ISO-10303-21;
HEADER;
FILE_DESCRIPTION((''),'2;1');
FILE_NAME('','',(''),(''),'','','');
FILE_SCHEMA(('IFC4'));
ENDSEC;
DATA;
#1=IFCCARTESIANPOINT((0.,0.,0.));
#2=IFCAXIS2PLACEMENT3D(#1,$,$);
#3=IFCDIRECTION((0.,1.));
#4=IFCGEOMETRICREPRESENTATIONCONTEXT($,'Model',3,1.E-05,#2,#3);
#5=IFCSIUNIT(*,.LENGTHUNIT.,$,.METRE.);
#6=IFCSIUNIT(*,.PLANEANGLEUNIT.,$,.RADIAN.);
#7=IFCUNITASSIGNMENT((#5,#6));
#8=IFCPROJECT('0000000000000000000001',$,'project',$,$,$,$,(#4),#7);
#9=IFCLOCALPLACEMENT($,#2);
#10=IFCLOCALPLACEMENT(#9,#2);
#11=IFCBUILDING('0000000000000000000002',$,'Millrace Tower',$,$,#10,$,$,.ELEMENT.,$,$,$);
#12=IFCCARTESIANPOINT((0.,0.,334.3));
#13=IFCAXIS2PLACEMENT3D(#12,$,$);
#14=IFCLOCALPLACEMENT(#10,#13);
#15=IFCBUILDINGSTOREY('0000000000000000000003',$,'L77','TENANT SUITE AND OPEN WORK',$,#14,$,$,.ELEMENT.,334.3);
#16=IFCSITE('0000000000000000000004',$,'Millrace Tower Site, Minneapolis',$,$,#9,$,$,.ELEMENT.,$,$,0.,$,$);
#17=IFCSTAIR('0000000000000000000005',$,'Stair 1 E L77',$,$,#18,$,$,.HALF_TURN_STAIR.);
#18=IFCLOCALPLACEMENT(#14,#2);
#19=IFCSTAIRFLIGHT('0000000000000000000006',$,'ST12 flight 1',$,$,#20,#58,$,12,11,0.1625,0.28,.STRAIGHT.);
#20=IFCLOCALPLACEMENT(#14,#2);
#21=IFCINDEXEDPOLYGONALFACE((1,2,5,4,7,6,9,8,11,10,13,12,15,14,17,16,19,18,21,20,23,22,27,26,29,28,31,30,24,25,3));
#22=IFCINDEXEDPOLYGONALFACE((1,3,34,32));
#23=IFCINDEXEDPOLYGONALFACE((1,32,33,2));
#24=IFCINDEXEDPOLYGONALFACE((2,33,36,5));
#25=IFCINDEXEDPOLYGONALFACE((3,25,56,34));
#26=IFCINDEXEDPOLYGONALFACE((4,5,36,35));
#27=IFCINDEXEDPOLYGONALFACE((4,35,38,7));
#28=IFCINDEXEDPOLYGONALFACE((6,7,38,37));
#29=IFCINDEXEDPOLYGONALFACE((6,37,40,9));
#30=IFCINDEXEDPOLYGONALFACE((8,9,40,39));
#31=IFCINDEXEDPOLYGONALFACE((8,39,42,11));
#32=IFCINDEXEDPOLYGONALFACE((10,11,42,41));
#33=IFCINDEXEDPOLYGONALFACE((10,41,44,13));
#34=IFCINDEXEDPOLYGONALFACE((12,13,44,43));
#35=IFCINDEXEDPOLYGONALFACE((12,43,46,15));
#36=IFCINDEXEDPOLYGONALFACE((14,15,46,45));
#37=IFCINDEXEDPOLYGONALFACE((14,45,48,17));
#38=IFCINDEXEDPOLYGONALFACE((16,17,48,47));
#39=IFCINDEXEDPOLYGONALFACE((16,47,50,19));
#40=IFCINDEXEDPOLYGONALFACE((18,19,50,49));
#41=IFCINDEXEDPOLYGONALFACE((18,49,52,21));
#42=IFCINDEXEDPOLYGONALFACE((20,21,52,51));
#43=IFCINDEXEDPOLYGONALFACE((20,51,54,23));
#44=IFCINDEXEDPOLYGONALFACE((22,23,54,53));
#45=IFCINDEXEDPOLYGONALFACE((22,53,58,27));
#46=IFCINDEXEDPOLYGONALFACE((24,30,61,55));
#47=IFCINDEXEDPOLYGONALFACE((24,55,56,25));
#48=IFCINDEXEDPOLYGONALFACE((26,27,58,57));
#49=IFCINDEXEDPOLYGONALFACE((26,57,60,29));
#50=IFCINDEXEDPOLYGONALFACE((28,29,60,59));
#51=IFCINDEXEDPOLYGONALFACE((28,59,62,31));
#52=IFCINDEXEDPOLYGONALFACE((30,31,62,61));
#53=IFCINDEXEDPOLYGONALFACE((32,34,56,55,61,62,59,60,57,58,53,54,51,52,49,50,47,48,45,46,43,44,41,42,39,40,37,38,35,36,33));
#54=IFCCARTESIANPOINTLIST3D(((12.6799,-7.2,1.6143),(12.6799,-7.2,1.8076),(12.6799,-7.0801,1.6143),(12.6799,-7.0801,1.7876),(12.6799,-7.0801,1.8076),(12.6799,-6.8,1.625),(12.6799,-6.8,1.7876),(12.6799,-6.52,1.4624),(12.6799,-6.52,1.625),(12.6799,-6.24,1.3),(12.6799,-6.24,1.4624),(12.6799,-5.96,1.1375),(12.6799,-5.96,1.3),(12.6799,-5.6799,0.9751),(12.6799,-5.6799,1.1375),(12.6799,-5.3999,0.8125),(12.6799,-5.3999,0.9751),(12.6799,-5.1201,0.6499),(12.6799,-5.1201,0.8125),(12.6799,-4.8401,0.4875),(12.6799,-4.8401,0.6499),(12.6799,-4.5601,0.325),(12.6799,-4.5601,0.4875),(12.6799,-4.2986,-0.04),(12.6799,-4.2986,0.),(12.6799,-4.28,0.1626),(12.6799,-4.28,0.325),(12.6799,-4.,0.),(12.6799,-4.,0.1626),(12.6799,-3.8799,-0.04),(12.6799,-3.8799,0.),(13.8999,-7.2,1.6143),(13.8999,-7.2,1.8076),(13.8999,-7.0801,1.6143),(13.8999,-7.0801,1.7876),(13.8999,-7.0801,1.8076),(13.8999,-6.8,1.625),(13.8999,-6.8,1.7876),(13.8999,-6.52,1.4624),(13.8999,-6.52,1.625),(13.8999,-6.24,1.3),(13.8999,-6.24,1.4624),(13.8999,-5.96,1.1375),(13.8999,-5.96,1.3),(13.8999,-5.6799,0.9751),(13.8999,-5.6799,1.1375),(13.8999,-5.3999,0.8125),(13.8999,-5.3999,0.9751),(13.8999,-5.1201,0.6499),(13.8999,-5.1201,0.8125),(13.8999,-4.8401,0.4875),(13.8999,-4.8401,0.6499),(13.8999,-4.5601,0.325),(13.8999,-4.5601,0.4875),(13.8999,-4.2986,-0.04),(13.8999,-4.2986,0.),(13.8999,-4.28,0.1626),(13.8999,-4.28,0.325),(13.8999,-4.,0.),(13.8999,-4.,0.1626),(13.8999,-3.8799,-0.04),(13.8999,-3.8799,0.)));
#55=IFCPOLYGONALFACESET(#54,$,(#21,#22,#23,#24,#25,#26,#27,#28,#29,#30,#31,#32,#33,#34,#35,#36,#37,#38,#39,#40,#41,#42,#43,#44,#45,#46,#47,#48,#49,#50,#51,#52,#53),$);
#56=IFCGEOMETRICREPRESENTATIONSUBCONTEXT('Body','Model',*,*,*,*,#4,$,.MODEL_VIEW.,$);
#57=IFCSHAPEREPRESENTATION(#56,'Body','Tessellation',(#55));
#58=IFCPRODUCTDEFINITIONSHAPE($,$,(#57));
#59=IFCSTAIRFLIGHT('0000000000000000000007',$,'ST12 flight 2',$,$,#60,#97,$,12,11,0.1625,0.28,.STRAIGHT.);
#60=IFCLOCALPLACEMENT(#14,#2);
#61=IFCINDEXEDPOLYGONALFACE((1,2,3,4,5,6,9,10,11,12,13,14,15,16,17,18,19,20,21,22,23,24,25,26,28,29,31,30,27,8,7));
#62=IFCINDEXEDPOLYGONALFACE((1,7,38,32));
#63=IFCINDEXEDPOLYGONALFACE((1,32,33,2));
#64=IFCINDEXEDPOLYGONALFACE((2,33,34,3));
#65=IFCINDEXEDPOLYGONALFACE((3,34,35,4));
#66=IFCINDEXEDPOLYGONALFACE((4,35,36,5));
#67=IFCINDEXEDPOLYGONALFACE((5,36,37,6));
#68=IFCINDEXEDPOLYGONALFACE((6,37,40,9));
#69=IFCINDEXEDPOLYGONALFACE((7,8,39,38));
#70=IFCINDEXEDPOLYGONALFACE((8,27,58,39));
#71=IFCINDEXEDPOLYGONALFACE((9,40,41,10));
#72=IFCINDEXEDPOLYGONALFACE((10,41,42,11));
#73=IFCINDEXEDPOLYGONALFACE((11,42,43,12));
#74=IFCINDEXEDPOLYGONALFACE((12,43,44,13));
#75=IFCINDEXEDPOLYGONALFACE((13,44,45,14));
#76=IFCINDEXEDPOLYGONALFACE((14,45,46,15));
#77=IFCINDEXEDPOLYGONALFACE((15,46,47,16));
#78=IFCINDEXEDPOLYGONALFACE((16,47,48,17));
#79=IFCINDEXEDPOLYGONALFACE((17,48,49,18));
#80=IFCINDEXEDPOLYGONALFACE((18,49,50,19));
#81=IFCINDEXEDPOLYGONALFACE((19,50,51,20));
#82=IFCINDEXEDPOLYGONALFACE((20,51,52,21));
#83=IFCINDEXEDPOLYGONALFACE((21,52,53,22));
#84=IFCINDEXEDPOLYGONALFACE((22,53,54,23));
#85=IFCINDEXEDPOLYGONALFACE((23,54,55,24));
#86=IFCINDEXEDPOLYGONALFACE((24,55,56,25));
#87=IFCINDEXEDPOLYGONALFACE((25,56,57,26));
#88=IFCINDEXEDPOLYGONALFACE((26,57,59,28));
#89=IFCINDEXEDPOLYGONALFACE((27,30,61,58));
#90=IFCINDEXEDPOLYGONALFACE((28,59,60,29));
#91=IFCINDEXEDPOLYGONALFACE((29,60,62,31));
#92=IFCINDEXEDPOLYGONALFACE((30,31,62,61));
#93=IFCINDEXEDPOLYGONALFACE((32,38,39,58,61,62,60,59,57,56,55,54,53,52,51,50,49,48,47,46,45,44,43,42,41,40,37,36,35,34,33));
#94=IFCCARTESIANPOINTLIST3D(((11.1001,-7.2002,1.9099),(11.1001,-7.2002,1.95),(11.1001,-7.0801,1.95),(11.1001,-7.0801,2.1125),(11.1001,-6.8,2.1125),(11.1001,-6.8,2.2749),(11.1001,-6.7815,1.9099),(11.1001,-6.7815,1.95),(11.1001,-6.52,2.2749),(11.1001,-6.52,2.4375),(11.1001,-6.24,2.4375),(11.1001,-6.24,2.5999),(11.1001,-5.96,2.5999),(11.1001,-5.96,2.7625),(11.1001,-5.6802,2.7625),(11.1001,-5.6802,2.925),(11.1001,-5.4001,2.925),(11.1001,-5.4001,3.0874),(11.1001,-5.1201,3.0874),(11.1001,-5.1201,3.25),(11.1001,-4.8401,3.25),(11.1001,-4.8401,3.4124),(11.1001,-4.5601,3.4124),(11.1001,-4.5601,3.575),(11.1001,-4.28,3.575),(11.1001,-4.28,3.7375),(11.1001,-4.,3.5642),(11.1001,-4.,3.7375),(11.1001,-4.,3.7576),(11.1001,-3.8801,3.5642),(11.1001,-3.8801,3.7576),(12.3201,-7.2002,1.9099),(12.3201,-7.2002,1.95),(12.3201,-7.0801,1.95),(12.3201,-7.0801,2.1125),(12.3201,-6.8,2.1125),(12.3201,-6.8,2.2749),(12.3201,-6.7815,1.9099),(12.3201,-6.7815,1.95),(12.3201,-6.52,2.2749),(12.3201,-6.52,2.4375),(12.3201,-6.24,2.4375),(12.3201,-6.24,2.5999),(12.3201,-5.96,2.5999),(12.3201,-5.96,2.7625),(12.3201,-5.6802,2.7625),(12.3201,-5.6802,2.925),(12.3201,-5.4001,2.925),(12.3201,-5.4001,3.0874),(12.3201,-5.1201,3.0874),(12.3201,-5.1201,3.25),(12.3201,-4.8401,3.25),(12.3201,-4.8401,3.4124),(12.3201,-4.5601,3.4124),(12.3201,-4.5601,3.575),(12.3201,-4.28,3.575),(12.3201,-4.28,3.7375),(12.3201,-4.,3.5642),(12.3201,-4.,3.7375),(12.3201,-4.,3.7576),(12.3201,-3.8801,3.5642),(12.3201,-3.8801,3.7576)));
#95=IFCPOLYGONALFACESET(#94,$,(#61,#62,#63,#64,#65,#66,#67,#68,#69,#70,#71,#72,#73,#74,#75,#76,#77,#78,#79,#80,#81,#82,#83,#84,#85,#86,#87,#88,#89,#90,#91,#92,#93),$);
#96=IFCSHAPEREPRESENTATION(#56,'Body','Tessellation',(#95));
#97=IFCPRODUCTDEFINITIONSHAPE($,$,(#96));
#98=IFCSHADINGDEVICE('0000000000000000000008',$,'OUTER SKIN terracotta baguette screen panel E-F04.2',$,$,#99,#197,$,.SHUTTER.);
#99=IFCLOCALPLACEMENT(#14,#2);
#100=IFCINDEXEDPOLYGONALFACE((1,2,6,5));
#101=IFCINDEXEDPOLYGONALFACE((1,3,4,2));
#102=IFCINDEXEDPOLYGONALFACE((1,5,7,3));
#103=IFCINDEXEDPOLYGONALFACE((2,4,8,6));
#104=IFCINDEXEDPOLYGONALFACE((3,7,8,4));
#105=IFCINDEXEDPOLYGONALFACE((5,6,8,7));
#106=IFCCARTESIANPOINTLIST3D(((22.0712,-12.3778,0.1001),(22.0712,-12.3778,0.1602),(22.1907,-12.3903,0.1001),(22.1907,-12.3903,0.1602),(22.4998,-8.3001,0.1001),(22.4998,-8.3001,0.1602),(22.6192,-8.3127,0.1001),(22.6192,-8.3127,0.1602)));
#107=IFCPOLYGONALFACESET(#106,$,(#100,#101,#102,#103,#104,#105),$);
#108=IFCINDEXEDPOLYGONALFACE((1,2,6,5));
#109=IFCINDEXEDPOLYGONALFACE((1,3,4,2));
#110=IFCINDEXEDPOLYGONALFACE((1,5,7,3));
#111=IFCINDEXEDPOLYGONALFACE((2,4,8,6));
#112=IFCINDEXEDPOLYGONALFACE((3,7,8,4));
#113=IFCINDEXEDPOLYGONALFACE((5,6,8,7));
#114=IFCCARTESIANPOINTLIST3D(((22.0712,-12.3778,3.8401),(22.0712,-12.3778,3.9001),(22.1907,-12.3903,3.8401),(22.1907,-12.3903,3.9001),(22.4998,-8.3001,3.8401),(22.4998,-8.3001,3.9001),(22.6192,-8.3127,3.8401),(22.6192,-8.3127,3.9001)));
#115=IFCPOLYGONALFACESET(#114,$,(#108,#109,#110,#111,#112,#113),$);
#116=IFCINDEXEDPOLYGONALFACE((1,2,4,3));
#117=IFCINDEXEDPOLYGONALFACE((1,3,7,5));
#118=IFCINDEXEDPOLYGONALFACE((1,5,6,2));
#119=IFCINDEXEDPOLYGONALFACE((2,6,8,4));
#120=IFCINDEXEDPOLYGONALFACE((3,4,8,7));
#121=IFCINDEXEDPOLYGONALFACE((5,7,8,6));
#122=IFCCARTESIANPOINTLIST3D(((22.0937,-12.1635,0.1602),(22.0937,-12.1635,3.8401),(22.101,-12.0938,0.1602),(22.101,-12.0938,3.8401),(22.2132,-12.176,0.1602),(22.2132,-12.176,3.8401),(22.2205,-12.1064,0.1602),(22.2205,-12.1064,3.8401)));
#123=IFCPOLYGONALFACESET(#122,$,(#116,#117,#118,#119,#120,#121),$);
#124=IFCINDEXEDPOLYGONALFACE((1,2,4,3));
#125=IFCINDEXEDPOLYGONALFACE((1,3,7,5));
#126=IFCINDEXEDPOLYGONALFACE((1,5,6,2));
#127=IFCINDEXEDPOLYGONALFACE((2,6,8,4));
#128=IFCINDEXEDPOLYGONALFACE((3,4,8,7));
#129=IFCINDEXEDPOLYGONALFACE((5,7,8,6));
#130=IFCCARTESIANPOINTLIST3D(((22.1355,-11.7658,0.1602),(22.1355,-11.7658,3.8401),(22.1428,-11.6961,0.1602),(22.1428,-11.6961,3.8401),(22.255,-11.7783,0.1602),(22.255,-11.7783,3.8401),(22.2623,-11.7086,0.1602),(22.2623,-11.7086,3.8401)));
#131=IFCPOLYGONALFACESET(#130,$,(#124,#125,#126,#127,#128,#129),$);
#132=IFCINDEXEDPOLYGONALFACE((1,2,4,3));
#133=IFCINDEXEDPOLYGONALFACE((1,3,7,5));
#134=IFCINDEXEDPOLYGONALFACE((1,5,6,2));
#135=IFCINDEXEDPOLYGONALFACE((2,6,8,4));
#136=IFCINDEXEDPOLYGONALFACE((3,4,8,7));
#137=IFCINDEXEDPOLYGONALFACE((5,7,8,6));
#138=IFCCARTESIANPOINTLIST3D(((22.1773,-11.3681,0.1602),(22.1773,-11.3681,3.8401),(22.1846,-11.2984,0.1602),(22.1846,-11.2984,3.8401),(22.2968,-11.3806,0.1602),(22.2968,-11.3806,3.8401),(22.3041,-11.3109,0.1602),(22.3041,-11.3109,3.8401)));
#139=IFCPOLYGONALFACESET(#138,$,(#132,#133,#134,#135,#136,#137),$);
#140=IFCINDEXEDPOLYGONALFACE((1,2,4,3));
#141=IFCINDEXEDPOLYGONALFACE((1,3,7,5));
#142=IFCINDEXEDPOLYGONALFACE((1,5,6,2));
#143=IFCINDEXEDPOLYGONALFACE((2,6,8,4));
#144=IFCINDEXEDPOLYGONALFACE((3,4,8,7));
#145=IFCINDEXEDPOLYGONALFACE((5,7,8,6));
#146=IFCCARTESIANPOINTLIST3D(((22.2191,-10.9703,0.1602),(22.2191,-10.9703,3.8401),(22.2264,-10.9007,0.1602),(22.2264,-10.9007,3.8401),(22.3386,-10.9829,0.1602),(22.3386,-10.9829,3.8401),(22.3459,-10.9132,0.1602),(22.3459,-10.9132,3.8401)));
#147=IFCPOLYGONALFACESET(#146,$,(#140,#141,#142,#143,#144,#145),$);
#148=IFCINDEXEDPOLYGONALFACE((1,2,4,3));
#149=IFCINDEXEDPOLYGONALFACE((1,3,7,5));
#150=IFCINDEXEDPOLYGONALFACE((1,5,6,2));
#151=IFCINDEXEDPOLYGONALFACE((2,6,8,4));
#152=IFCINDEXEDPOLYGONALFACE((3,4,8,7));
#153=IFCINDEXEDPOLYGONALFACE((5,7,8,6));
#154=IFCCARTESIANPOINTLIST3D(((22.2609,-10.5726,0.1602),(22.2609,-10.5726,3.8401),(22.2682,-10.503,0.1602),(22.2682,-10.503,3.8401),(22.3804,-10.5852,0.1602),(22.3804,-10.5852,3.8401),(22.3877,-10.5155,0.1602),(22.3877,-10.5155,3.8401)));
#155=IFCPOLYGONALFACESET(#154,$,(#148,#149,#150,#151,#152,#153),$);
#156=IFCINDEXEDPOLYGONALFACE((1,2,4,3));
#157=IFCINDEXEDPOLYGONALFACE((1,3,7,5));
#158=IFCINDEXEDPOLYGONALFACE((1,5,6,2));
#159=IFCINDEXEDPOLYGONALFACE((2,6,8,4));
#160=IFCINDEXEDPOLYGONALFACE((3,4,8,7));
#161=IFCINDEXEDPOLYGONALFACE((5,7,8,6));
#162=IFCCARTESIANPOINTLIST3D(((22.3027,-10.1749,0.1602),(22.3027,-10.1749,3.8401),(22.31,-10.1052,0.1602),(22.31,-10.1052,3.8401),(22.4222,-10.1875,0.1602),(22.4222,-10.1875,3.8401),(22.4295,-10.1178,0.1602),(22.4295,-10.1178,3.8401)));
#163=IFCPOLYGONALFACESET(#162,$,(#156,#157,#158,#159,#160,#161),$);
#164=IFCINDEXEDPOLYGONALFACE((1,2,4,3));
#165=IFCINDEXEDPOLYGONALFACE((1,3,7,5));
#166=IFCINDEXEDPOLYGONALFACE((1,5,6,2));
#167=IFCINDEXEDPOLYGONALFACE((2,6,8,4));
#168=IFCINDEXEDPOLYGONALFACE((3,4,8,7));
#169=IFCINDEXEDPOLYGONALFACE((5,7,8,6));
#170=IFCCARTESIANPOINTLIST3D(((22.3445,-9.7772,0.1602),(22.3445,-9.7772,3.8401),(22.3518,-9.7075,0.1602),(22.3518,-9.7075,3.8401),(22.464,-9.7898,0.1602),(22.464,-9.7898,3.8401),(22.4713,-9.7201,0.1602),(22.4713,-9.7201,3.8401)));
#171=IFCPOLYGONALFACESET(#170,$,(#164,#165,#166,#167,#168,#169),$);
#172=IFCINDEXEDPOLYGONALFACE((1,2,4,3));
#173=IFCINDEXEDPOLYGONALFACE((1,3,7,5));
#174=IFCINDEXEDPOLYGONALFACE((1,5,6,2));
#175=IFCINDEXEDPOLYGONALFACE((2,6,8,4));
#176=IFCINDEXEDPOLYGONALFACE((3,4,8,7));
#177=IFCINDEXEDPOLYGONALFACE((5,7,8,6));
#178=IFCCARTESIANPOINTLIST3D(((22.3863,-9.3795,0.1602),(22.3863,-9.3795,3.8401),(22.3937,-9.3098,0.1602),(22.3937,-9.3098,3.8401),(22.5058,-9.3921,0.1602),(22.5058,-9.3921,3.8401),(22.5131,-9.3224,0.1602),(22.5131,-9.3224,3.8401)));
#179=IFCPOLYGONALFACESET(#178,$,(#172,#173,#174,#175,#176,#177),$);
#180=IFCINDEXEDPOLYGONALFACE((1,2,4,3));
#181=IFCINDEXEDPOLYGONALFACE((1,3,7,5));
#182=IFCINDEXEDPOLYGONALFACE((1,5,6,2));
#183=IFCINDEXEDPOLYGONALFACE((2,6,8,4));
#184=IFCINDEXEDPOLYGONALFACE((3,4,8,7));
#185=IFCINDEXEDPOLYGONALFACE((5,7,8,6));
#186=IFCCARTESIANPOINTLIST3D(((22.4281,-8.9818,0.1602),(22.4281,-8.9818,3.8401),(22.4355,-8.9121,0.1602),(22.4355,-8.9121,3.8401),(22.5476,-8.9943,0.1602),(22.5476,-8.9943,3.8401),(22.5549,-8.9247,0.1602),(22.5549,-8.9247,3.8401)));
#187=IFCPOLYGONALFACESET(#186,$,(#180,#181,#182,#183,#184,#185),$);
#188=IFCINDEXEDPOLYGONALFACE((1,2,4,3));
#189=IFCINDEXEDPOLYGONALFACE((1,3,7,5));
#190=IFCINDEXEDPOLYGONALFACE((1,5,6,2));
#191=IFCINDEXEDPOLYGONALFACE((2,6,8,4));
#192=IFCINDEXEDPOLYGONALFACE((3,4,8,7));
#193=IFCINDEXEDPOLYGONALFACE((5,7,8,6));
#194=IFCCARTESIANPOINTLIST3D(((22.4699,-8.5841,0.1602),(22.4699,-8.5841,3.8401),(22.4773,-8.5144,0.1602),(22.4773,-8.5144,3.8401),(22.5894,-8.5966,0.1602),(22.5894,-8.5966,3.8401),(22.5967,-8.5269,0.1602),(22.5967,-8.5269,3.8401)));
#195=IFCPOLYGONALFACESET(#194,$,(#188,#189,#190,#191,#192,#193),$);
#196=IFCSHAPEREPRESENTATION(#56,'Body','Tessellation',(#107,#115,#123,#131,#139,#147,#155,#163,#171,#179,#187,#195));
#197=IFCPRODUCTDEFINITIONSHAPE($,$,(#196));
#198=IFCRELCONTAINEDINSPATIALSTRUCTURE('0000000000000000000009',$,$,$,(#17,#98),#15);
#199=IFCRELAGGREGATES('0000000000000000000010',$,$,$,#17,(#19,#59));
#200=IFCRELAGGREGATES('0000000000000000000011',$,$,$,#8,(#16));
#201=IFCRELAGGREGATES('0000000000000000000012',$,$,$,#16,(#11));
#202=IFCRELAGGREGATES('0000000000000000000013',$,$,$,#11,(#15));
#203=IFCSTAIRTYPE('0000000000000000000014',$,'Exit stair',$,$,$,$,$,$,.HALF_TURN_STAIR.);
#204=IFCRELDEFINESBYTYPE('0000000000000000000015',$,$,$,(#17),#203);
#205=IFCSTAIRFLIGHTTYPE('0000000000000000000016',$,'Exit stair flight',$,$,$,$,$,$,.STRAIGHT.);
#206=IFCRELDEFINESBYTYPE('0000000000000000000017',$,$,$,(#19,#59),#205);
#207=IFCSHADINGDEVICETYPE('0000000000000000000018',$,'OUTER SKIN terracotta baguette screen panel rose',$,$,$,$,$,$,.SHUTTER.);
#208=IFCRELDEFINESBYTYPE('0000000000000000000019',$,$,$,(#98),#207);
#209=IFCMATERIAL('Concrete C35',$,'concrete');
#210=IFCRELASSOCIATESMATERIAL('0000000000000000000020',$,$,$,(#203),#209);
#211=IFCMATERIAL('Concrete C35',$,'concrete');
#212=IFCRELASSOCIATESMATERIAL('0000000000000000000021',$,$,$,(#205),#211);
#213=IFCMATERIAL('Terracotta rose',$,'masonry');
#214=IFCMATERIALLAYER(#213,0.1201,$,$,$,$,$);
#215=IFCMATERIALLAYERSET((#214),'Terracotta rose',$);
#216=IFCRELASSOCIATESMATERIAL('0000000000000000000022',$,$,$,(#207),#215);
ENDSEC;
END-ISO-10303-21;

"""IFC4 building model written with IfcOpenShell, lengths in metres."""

from ifc_helpers import new_model, entity, si_unit, direction, frame, frame_2d, origin, place, context, subcontext, project, spatial, polyline, rectangle, outline, extrude, source, transform, mapped, material, layer, layer_set, type_object, element, aggregate, save


model = new_model("IFC4")

# Units and contexts
model_context = context("Model", 3, precision=1e-05, world=origin(), true_north=direction((0.0, 1.0)))
body_context = subcontext(model_context, "Body", "Model", "MODEL_VIEW")
ifc_project = project(units=[si_unit("LENGTHUNIT", "METRE"), si_unit("PLANEANGLEUNIT", "RADIAN")], contexts=[model_context])

# Site, building, storey
site_placement = place(None, origin())
site = spatial("IfcSite", under=ifc_project, at=site_placement, Name="Millrace Tower Site, Minneapolis", CompositionType="ELEMENT", RefElevation=0.0)
building_placement = place(site_placement, origin())
building = spatial("IfcBuilding", under=site, at=building_placement, Name="Millrace Tower", CompositionType="ELEMENT")
storey_placement = place(building_placement, frame((0.0, 0.0, 334.3)))
storey = spatial("IfcBuildingStorey", under=building, at=storey_placement, Name="L77", Description="TENANT SUITE AND OPEN WORK", CompositionType="ELEMENT", Elevation=334.3)

# Shared definitions
placement = place(storey_placement, origin())

# Stair, stair flights
ifc_material_1 = material(Name="Concrete C35", Category="concrete")
stair_type = type_object("IfcStairType", Name="Exit stair", PredefinedType="HALF_TURN_STAIR", material=ifc_material_1)
stair = element("IfcStair", 1, at=placement, inside=storey, type_object=stair_type, Name="Stair 1 E L77", PredefinedType="HALF_TURN_STAIR")
ifc_material_2 = material(Name="Concrete C35", Category="concrete")
stair_flight_type = type_object("IfcStairFlightType", Name="Exit stair flight", PredefinedType="STRAIGHT", material=ifc_material_2)
stair_flight_1_placement = place(storey_placement, frame((13.29, -4.0, 0.0), z_axis=(0.0, 0.0, 1.0), x_axis=(0.0, -1.0, 0.0)))
stair_flight_1 = element("IfcStairFlight", 2, at=stair_flight_1_placement, type_object=stair_flight_type, Name="ST12 flight 1", NumberOfRisers=12, NumberOfTreads=11, PredefinedType="STRAIGHT", RiserHeight=0.1625, TreadLength=0.28, context=body_context, shape_type="SweptSolid", body=[
    extrude(outline(polyline([(-0.1201, -0.04), (-0.1201, 0.0), (0.0, 0.0), (0.0, 0.1626), (0.28, 0.1626), (0.28, 0.325), (0.5601, 0.325), (0.5601, 0.4875), (0.8401, 0.4875), (0.8401, 0.6499), (1.1201, 0.6499), (1.1201, 0.8125), (1.3999, 0.8125), (1.3999, 0.9751), (1.6799, 0.9751), (1.6799, 1.1375), (1.96, 1.1375), (1.96, 1.3), (2.24, 1.3), (2.24, 1.4624), (2.52, 1.4624), (2.52, 1.625), (2.8, 1.625), (2.8, 1.7876), (3.0801, 1.7876), (3.0801, 1.8076), (3.2, 1.8076), (3.2, 1.6143), (3.0801, 1.6143), (0.2986, 0.0), (0.2986, -0.04), (-0.1201, -0.04)])), frame((0.0, 0.6099, 0.0), z_axis=(0.0, -1.0, 0.0), x_axis=(1.0, 0.0, 0.0)), (0.0, 0.0, 1.0), 1.22),
])
stair_flight_2_placement = place(storey_placement, frame((11.71, -7.0801, 1.95), z_axis=(0.0, 0.0, 1.0), x_axis=(0.0, 1.0, 0.0)))
stair_flight_2 = element("IfcStairFlight", 3, at=stair_flight_2_placement, type_object=stair_flight_type, Name="ST12 flight 2", NumberOfRisers=12, NumberOfTreads=11, PredefinedType="STRAIGHT", RiserHeight=0.1625, TreadLength=0.28, context=body_context, shape_type="SweptSolid", body=[
    extrude(outline(polyline([(-0.1201, -0.04), (-0.1201, 0.0), (0.0, 0.0), (0.0, 0.1626), (0.28, 0.1626), (0.28, 0.325), (0.5601, 0.325), (0.5601, 0.4875), (0.8401, 0.4875), (0.8401, 0.6499), (1.1201, 0.6499), (1.1201, 0.8125), (1.3999, 0.8125), (1.3999, 0.9751), (1.6799, 0.9751), (1.6799, 1.1375), (1.96, 1.1375), (1.96, 1.3), (2.24, 1.3), (2.24, 1.4624), (2.52, 1.4624), (2.52, 1.625), (2.8, 1.625), (2.8, 1.7876), (3.0801, 1.7876), (3.0801, 1.8076), (3.2, 1.8076), (3.2, 1.6143), (3.0801, 1.6143), (0.2986, 0.0), (0.2986, -0.04), (-0.1201, -0.04)])), frame((0.0, 0.6099, 0.0), z_axis=(0.0, -1.0, 0.0), x_axis=(1.0, 0.0, 0.0)), (0.0, 0.0, 1.0), 1.22),
])
aggregate(stair, [stair_flight_1, stair_flight_2])

# Shading device
ifc_material_3 = material(Name="Terracotta rose", Category="masonry")
ifc_layer_1 = layer(ifc_material_3, 0.1201)
ifc_layer_set_1 = layer_set([ifc_layer_1], Name="Terracotta rose")
shading_device_type = type_object("IfcShadingDeviceType", Name="OUTER SKIN terracotta baguette screen panel rose", PredefinedType="SHUTTER", material=ifc_layer_set_1)
cartesian_point = entity("IfcCartesianPoint", [-2.05, 0.0601])
shared_polyline = entity("IfcPolyline", [cartesian_point, entity("IfcCartesianPoint", [2.05, 0.0601]), entity("IfcCartesianPoint", [2.05, -0.0601]), entity("IfcCartesianPoint", [-2.05, -0.0601]), cartesian_point])
shared_shape = source(origin(), body_context, "Body", "SweptSolid", [
    entity("IfcExtrudedAreaSolid", entity("IfcArbitraryClosedProfileDef", "AREA", None, shared_polyline), entity("IfcAxis2Placement3D", entity("IfcCartesianPoint", [0.0, 0.0, 0.0])), entity("IfcDirection", [0.0, 0.0, 1.0]), 0.0601),
    entity("IfcExtrudedAreaSolid", entity("IfcArbitraryClosedProfileDef", "AREA", None, shared_polyline), entity("IfcAxis2Placement3D", entity("IfcCartesianPoint", [0.0, 0.0, 3.74])), entity("IfcDirection", [0.0, 0.0, 1.0]), 0.0601),
    extrude(rectangle(XDim=0.0701, YDim=0.1201, at=frame_2d((-1.7996, 0.0))), frame((0.0, 0.0, 0.0601)), (0.0, 0.0, 1.0), 3.6799),
    extrude(rectangle(XDim=0.0701, YDim=0.1201, at=frame_2d((-1.3997, 0.0))), frame((0.0, 0.0, 0.0601)), (0.0, 0.0, 1.0), 3.6799),
    extrude(rectangle(XDim=0.0701, YDim=0.1201, at=frame_2d((-0.9998, 0.0))), frame((0.0, 0.0, 0.0601)), (0.0, 0.0, 1.0), 3.6799),
    extrude(rectangle(XDim=0.0701, YDim=0.1201, at=frame_2d((-0.5999, 0.0))), frame((0.0, 0.0, 0.0601)), (0.0, 0.0, 1.0), 3.6799),
    extrude(rectangle(XDim=0.0701, YDim=0.1201, at=frame_2d((-0.2, 0.0))), frame((0.0, 0.0, 0.0601)), (0.0, 0.0, 1.0), 3.6799),
    extrude(rectangle(XDim=0.0701, YDim=0.1201, at=frame_2d((0.2, 0.0))), frame((0.0, 0.0, 0.0601)), (0.0, 0.0, 1.0), 3.6799),
    extrude(rectangle(XDim=0.0701, YDim=0.1201, at=frame_2d((0.5999, 0.0))), frame((0.0, 0.0, 0.0601)), (0.0, 0.0, 1.0), 3.6799),
    extrude(rectangle(XDim=0.0701, YDim=0.1201, at=frame_2d((0.9998, 0.0))), frame((0.0, 0.0, 0.0601)), (0.0, 0.0, 1.0), 3.6799),
    extrude(rectangle(XDim=0.0701, YDim=0.1201, at=frame_2d((1.3997, 0.0))), frame((0.0, 0.0, 0.0601)), (0.0, 0.0, 1.0), 3.6799),
    extrude(rectangle(XDim=0.0701, YDim=0.1201, at=frame_2d((1.7996, 0.0))), frame((0.0, 0.0, 0.0601)), (0.0, 0.0, 1.0), 3.6799),
])
for number, where, z_axis, x_axis, name in (
    (4, (22.3452, -10.3452, 0.1001), (0.0, 0.0, 1.0), (0.104528, 0.994522, 0.0), "OUTER SKIN terracotta baguette screen panel E-F04.2"),
):
    element("IfcShadingDevice", number, at=place(storey_placement, frame(where, z_axis=z_axis, x_axis=x_axis)), inside=storey, type_object=shading_device_type, Name=name, PredefinedType="SHUTTER", context=body_context, shape_type="MappedRepresentation", body=[
        mapped(shared_shape, transform((0.0, 0.0, 0.0), scale=1.0)),
    ])

save(model, "model.ifc")
